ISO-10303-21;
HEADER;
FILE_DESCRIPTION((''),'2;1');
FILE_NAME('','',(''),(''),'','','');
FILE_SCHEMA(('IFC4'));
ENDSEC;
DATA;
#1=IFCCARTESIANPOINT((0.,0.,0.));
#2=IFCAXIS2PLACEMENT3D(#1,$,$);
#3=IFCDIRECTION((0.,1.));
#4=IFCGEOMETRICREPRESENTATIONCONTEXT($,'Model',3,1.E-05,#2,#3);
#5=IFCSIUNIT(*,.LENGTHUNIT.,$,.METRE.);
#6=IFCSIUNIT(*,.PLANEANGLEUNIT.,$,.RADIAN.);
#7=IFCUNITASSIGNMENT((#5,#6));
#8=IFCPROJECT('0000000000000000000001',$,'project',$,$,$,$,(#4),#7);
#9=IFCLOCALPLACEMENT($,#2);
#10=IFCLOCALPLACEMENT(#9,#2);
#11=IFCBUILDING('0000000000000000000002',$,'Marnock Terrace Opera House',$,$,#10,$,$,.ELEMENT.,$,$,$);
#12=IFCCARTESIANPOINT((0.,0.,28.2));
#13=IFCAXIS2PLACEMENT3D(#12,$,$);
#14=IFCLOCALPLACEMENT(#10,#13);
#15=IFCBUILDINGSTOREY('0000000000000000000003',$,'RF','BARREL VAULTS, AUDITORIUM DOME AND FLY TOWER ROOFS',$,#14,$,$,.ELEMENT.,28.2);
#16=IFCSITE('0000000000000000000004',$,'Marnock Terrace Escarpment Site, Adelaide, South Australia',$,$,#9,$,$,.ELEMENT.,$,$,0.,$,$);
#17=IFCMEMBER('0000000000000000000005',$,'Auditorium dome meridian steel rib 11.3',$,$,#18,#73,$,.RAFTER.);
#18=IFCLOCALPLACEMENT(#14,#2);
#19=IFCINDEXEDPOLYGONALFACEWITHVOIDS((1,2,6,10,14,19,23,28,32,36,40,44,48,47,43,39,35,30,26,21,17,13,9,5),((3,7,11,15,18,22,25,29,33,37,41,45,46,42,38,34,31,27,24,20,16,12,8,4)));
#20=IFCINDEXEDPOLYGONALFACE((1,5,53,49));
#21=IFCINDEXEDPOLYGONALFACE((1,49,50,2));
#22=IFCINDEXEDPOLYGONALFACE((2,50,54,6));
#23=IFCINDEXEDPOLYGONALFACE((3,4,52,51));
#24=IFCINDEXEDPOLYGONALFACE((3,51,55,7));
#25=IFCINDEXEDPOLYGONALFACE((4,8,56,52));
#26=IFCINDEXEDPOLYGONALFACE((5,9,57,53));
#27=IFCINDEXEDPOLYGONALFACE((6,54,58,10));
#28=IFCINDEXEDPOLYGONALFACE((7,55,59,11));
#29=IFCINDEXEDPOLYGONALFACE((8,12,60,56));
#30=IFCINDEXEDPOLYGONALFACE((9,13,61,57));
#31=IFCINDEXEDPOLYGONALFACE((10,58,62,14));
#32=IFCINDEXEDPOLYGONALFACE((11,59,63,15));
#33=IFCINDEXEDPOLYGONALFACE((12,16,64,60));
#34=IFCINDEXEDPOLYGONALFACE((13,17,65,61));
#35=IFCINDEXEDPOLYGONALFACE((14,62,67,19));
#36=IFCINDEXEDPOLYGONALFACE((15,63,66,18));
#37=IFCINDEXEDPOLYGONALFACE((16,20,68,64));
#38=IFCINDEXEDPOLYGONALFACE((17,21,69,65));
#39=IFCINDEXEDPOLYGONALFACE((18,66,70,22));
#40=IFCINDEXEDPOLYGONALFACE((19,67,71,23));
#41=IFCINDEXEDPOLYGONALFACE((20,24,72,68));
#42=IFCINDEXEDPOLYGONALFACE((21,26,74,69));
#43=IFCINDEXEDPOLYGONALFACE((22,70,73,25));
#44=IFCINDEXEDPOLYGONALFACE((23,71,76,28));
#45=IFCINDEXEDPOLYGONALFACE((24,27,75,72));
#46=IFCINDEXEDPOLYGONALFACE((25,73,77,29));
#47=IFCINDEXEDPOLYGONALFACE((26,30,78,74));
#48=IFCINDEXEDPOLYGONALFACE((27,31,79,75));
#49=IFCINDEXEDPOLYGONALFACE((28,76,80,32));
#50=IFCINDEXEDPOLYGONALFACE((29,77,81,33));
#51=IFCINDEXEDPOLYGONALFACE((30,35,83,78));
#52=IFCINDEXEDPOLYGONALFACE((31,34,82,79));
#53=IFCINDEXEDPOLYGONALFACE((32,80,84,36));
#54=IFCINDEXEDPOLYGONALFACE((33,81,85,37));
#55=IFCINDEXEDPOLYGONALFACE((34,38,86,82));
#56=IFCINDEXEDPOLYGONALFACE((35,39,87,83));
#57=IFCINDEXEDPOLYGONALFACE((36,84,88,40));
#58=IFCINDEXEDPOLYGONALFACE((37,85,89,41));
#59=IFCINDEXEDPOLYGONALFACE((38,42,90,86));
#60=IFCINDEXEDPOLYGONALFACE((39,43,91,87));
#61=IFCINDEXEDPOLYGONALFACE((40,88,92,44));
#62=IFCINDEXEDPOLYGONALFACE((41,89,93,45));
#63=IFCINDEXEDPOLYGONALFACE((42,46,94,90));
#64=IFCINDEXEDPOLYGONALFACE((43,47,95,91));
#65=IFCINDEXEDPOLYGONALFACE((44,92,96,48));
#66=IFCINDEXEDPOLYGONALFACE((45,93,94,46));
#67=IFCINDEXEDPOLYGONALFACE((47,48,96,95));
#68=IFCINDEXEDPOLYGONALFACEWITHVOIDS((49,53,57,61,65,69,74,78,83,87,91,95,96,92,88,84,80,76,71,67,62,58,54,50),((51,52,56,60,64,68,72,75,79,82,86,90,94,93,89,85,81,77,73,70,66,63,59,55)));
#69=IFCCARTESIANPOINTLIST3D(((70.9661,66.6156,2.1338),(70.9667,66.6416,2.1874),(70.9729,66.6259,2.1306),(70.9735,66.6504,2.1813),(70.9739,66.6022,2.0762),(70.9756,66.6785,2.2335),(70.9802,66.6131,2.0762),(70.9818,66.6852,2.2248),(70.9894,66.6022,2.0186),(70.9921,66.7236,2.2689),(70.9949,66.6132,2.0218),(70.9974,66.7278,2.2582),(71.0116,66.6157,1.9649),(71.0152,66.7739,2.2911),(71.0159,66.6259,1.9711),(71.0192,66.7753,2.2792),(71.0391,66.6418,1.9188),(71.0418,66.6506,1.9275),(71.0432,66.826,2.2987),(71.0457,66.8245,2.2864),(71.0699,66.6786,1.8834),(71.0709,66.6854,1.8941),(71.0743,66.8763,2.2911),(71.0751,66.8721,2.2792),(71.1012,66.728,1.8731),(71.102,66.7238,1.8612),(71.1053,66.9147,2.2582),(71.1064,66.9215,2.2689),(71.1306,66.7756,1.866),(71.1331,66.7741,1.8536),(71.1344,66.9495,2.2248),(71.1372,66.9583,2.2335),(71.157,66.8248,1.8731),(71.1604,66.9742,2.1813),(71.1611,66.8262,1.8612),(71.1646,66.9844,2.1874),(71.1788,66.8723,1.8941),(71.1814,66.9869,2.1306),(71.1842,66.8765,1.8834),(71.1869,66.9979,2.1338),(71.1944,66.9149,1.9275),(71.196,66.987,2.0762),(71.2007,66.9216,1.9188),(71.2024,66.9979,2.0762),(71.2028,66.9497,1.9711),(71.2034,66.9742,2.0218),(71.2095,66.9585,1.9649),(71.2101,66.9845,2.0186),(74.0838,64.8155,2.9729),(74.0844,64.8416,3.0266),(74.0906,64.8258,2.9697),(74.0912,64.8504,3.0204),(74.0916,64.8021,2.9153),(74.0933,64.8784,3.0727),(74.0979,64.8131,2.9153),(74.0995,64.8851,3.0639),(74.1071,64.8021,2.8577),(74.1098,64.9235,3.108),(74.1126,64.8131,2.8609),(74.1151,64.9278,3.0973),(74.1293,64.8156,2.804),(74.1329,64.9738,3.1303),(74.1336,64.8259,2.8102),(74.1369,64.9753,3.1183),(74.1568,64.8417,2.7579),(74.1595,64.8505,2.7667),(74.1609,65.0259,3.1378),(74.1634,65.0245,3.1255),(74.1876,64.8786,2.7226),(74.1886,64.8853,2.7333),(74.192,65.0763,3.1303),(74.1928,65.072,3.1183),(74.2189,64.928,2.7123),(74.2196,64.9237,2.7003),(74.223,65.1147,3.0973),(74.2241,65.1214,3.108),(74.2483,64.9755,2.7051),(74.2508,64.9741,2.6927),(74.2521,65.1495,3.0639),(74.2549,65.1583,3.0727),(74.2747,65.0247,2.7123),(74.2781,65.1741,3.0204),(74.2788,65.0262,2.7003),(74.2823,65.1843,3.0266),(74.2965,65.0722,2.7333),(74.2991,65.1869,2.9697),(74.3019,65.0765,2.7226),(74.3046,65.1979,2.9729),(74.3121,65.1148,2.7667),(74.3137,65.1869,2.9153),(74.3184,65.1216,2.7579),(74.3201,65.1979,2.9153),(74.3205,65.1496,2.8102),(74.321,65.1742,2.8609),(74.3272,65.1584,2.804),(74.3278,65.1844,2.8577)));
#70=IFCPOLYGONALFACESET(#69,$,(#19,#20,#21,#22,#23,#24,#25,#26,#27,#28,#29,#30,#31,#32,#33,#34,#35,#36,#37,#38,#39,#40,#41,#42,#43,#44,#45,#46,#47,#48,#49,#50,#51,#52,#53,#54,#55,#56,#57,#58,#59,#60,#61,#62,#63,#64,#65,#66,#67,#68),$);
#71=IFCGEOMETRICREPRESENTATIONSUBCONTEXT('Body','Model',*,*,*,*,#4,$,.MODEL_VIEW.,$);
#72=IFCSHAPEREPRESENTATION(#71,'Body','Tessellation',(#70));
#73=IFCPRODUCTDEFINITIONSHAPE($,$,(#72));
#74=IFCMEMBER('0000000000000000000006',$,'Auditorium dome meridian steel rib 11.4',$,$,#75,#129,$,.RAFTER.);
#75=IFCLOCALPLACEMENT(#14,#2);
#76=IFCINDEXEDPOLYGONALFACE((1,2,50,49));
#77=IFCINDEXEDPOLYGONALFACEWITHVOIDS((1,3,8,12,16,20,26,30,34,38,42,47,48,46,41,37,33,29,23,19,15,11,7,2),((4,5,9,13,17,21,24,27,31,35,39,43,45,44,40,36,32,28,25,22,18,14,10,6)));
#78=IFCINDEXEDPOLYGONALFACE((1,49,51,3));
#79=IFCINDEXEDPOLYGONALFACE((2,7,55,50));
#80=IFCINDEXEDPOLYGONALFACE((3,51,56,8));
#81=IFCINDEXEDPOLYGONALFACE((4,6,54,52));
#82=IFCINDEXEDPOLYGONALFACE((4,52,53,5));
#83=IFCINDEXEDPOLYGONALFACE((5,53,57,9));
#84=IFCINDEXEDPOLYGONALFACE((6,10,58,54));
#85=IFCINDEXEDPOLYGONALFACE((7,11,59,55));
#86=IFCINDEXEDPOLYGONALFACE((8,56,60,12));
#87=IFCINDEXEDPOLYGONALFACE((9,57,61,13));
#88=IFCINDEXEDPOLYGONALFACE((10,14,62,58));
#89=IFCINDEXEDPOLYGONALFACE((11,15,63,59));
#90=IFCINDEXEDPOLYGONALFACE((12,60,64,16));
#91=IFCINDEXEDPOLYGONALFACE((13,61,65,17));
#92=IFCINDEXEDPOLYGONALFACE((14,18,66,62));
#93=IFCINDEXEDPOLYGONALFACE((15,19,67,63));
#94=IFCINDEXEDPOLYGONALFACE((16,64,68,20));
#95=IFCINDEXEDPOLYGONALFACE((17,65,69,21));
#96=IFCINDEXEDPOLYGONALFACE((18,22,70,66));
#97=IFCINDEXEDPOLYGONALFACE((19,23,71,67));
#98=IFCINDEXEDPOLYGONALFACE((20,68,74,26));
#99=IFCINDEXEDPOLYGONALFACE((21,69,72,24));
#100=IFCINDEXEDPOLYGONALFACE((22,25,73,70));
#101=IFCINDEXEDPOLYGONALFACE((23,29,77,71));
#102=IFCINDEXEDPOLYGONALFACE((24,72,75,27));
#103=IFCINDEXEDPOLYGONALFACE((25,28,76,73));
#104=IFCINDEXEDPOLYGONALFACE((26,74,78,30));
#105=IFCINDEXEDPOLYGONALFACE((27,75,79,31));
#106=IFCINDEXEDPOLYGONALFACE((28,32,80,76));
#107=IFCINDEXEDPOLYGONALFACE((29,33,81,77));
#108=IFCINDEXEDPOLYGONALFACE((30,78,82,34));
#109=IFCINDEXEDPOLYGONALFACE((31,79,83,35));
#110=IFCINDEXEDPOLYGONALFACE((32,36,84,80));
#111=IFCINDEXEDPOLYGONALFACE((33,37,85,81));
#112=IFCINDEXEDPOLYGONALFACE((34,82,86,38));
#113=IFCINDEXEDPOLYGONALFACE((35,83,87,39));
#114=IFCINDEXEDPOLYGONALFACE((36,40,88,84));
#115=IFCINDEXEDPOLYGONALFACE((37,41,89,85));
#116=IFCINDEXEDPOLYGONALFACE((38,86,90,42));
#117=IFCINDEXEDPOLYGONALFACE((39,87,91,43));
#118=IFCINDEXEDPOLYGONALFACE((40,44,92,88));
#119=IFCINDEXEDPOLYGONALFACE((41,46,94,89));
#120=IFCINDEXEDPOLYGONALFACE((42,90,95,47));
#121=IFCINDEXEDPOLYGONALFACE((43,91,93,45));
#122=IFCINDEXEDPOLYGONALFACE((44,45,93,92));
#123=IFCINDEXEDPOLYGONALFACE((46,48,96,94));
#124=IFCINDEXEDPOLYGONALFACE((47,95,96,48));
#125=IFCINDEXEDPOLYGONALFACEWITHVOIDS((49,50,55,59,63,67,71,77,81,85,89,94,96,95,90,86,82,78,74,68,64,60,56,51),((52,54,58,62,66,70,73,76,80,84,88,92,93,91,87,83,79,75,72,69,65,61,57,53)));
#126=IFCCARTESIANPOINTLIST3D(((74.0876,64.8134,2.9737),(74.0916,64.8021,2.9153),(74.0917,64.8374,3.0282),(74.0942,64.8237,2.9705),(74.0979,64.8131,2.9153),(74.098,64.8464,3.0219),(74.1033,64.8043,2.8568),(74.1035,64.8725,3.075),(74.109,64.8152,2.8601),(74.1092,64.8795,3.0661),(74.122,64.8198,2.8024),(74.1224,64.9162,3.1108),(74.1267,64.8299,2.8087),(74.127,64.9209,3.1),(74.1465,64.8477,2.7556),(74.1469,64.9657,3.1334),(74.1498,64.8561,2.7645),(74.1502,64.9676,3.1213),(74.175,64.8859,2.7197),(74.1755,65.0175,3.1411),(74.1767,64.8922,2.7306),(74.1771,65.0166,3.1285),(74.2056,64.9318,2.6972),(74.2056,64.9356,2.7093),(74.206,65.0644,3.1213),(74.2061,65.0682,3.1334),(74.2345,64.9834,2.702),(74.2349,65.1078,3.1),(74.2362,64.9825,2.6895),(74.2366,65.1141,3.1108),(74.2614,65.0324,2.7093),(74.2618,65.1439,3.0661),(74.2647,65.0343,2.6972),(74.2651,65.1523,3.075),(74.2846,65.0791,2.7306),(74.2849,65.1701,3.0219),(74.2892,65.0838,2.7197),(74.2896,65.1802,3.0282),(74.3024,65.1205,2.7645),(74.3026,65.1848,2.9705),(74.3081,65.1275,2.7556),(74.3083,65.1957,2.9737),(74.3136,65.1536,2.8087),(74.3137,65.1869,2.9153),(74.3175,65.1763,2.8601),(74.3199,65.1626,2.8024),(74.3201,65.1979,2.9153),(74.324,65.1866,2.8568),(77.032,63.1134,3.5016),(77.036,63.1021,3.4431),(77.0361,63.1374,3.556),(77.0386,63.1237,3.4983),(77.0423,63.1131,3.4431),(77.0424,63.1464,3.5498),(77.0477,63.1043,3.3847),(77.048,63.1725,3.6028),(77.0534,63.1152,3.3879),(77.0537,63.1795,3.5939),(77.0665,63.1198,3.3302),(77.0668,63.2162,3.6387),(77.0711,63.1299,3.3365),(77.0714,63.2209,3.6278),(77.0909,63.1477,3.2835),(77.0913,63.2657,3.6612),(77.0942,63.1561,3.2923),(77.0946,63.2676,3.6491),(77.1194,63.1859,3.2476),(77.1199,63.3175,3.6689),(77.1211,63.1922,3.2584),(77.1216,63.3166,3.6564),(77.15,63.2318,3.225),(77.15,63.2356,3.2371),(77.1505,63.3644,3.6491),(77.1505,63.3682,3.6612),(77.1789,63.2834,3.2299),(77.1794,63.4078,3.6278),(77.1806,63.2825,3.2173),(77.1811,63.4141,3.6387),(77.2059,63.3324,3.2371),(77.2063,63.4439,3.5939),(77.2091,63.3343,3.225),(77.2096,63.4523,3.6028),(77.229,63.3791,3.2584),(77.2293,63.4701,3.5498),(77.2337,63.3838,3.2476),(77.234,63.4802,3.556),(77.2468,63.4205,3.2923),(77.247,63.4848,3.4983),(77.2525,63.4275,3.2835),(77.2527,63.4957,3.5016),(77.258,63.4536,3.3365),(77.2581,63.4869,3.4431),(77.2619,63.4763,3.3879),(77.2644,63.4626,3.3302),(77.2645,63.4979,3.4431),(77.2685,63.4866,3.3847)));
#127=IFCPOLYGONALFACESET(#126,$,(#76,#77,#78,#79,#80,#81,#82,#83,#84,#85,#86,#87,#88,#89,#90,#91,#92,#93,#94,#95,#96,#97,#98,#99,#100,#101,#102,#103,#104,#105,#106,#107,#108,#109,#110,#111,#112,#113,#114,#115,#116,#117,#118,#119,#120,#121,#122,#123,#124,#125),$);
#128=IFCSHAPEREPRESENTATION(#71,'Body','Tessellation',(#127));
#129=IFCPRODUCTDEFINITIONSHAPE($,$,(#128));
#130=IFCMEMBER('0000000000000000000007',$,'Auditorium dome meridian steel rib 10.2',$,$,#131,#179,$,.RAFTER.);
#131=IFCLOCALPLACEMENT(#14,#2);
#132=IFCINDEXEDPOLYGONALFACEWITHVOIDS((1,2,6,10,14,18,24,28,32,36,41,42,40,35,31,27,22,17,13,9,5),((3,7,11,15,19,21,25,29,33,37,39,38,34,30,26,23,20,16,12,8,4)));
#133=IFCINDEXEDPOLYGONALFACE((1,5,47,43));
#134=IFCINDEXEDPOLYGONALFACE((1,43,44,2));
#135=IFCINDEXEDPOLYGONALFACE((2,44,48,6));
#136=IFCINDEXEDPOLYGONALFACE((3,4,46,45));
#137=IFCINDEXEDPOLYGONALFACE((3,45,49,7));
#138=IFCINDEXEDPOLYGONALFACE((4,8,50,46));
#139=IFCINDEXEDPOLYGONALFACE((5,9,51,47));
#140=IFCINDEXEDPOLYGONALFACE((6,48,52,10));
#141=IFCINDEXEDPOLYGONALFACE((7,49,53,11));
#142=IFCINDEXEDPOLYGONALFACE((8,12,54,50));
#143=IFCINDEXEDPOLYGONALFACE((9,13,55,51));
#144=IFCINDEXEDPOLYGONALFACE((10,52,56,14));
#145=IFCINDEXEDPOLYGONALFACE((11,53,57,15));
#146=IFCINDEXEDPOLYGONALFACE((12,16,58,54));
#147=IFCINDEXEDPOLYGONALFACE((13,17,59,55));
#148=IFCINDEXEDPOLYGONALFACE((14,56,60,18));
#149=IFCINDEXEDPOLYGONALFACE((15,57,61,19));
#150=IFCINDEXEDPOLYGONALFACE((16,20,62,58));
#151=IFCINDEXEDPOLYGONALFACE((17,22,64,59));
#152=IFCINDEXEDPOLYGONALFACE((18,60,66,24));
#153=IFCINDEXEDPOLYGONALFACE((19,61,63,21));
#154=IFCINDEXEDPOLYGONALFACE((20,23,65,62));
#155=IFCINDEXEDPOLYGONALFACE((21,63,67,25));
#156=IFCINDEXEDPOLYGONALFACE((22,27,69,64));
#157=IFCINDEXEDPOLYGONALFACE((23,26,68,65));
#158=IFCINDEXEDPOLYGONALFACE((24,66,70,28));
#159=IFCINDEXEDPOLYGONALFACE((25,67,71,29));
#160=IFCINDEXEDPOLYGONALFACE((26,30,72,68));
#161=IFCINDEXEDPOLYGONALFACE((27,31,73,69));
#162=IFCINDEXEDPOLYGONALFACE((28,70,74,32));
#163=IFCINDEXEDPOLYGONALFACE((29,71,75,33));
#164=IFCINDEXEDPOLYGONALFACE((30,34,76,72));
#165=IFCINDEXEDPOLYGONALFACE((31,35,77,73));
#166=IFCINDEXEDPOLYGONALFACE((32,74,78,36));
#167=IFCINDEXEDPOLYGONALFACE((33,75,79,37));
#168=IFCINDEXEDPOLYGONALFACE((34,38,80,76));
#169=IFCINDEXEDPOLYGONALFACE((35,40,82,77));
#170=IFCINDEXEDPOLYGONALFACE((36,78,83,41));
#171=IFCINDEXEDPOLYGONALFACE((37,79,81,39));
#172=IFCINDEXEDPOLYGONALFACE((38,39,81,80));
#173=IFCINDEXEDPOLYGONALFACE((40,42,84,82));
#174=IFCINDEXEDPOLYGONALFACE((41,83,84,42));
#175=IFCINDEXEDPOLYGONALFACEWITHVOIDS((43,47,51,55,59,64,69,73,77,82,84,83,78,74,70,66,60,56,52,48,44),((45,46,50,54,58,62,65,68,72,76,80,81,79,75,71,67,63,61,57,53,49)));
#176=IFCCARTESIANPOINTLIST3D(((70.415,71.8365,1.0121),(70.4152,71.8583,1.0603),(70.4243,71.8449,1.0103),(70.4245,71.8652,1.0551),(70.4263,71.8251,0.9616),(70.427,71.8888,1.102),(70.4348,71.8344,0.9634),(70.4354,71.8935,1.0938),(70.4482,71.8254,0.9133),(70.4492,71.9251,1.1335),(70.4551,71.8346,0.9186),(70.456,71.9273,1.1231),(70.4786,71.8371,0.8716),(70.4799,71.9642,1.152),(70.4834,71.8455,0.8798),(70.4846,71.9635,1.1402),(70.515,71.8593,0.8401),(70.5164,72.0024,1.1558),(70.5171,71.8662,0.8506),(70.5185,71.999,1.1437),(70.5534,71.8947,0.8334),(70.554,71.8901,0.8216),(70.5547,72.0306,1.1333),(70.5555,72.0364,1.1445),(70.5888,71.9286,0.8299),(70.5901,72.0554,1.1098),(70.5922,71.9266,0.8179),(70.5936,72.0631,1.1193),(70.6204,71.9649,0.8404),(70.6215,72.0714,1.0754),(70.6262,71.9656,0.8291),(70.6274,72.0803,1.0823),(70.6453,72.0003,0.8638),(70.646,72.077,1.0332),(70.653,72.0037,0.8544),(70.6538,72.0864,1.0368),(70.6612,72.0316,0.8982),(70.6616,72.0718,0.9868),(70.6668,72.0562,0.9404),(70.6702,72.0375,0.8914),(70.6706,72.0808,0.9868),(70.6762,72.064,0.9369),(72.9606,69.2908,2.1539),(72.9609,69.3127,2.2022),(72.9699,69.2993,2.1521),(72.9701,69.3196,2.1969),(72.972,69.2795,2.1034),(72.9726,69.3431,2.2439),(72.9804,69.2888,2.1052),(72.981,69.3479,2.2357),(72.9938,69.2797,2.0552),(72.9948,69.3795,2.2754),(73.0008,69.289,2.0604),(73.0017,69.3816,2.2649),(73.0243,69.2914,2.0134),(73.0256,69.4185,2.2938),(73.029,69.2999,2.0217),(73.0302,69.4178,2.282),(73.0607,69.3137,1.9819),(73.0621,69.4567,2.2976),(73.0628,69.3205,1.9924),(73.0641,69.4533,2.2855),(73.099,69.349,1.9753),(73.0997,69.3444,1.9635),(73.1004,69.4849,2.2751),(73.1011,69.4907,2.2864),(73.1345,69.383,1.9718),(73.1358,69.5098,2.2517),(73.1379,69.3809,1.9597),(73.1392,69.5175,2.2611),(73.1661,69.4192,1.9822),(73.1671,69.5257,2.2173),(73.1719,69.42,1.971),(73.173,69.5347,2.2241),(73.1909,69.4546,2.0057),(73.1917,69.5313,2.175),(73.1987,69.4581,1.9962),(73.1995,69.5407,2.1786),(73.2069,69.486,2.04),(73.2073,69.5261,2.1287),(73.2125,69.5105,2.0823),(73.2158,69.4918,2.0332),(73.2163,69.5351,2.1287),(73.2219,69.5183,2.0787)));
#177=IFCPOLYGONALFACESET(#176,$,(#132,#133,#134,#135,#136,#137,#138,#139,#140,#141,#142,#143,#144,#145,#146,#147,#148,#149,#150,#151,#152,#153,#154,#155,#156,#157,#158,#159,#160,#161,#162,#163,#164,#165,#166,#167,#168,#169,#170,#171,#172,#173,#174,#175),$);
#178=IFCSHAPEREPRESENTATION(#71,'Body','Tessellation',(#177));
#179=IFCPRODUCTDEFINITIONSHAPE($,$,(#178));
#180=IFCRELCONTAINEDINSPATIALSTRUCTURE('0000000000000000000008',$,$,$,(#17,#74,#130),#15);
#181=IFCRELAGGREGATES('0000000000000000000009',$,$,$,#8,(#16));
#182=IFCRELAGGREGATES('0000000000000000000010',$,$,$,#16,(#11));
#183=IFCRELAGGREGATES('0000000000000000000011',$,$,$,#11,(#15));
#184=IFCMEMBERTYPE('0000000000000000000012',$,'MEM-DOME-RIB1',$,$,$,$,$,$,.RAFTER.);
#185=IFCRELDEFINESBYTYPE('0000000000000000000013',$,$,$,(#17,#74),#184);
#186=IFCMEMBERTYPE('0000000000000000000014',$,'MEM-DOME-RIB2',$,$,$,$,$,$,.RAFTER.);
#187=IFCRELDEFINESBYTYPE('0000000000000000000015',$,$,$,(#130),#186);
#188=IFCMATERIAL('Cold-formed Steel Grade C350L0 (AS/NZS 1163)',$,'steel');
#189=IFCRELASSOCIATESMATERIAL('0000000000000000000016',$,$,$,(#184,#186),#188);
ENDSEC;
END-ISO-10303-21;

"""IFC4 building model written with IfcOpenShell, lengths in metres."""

from ifc_helpers import new_model, si_unit, direction, frame, origin, origin_2d, place, context, subcontext, project, spatial, hollow_circle, extrude, material, material_profile, profile_set, type_object, element, save


model = new_model("IFC4")

# Units and contexts
model_context = context("Model", 3, precision=1e-05, world=origin(), true_north=direction((0.0, 1.0)))
body_context = subcontext(model_context, "Body", "Model", "MODEL_VIEW")
ifc_project = project(units=[si_unit("LENGTHUNIT", "METRE"), si_unit("PLANEANGLEUNIT", "RADIAN")], contexts=[model_context])

# Site, building, storey
site_placement = place(None, origin())
site = spatial("IfcSite", under=ifc_project, at=site_placement, Name="Marnock Terrace Escarpment Site, Adelaide, South Australia", CompositionType="ELEMENT", RefElevation=0.0)
building_placement = place(site_placement, origin())
building = spatial("IfcBuilding", under=site, at=building_placement, Name="Marnock Terrace Opera House", CompositionType="ELEMENT")
storey_placement = place(building_placement, frame((0.0, 0.0, 28.2)))
storey = spatial("IfcBuildingStorey", under=building, at=storey_placement, Name="RF", Description="BARREL VAULTS, AUDITORIUM DOME AND FLY TOWER ROOFS", CompositionType="ELEMENT", Elevation=28.2)

# Members
ifc_material_1 = material(Name="Cold-formed Steel Grade C350L0 (AS/NZS 1163)", Category="steel")
ifc_material_profile_1 = material_profile(ifc_material_1, hollow_circle(Radius=0.2285, WallThickness=0.0127, at=origin_2d()))
ifc_profile_set_1 = profile_set([ifc_material_profile_1], Name="Cold-formed Steel Grade C350L0 (AS/NZS 1163)")
member_type_1 = type_object("IfcMemberType", Name="MEM-DOME-RIB1", PredefinedType="RAFTER", material=ifc_profile_set_1)
member_1_placement = place(storey_placement, frame((71.0881, 66.8, 2.0762), z_axis=(0.843411, -0.486959, 0.227001), x_axis=(0.500012, 0.866018, 0.0)))
element("IfcMember", 1, at=member_1_placement, inside=storey, type_object=member_type_1, Name="Auditorium dome meridian steel rib 11.3", PredefinedType="RAFTER", context=body_context, shape_type="SweptSolid", body=[
    extrude(hollow_circle(Radius=0.2285, WallThickness=0.0127, at=origin_2d()), origin(), (0.0, 0.0, 1.0), 3.6965),
])
member_2_placement = place(storey_placement, frame((74.2058, 65.0, 2.9153), z_axis=(0.855769, -0.494089, 0.153414), x_axis=(0.500008, 0.866021, 0.0)))
element("IfcMember", 2, at=member_2_placement, inside=storey, type_object=member_type_1, Name="Auditorium dome meridian steel rib 11.4", PredefinedType="RAFTER", context=body_context, shape_type="SweptSolid", body=[
    extrude(hollow_circle(Radius=0.2285, WallThickness=0.0127, at=origin_2d()), origin(), (0.0, 0.0, 1.0), 3.4407),
])
ifc_material_profile_2 = material_profile(ifc_material_1, hollow_circle(Radius=0.1777, WallThickness=0.0127, at=origin_2d()))
ifc_profile_set_2 = profile_set([ifc_material_profile_2], Name="Cold-formed Steel Grade C350L0 (AS/NZS 1163)")
member_type_2 = type_object("IfcMemberType", Name="MEM-DOME-RIB2", PredefinedType="RAFTER", material=ifc_profile_set_2)
member_3_placement = place(storey_placement, frame((70.5449, 71.9551, 0.9868), z_axis=(0.674017, -0.674017, 0.302328), x_axis=(0.707107, 0.707107, 0.0)))
element("IfcMember", 3, at=member_3_placement, inside=storey, type_object=member_type_2, Name="Auditorium dome meridian steel rib 10.2", PredefinedType="RAFTER", context=body_context, shape_type="SweptSolid", body=[
    extrude(hollow_circle(Radius=0.1777, WallThickness=0.0127, at=origin_2d()), origin(), (0.0, 0.0, 1.0), 3.7769),
])

save(model, "model.ifc")
